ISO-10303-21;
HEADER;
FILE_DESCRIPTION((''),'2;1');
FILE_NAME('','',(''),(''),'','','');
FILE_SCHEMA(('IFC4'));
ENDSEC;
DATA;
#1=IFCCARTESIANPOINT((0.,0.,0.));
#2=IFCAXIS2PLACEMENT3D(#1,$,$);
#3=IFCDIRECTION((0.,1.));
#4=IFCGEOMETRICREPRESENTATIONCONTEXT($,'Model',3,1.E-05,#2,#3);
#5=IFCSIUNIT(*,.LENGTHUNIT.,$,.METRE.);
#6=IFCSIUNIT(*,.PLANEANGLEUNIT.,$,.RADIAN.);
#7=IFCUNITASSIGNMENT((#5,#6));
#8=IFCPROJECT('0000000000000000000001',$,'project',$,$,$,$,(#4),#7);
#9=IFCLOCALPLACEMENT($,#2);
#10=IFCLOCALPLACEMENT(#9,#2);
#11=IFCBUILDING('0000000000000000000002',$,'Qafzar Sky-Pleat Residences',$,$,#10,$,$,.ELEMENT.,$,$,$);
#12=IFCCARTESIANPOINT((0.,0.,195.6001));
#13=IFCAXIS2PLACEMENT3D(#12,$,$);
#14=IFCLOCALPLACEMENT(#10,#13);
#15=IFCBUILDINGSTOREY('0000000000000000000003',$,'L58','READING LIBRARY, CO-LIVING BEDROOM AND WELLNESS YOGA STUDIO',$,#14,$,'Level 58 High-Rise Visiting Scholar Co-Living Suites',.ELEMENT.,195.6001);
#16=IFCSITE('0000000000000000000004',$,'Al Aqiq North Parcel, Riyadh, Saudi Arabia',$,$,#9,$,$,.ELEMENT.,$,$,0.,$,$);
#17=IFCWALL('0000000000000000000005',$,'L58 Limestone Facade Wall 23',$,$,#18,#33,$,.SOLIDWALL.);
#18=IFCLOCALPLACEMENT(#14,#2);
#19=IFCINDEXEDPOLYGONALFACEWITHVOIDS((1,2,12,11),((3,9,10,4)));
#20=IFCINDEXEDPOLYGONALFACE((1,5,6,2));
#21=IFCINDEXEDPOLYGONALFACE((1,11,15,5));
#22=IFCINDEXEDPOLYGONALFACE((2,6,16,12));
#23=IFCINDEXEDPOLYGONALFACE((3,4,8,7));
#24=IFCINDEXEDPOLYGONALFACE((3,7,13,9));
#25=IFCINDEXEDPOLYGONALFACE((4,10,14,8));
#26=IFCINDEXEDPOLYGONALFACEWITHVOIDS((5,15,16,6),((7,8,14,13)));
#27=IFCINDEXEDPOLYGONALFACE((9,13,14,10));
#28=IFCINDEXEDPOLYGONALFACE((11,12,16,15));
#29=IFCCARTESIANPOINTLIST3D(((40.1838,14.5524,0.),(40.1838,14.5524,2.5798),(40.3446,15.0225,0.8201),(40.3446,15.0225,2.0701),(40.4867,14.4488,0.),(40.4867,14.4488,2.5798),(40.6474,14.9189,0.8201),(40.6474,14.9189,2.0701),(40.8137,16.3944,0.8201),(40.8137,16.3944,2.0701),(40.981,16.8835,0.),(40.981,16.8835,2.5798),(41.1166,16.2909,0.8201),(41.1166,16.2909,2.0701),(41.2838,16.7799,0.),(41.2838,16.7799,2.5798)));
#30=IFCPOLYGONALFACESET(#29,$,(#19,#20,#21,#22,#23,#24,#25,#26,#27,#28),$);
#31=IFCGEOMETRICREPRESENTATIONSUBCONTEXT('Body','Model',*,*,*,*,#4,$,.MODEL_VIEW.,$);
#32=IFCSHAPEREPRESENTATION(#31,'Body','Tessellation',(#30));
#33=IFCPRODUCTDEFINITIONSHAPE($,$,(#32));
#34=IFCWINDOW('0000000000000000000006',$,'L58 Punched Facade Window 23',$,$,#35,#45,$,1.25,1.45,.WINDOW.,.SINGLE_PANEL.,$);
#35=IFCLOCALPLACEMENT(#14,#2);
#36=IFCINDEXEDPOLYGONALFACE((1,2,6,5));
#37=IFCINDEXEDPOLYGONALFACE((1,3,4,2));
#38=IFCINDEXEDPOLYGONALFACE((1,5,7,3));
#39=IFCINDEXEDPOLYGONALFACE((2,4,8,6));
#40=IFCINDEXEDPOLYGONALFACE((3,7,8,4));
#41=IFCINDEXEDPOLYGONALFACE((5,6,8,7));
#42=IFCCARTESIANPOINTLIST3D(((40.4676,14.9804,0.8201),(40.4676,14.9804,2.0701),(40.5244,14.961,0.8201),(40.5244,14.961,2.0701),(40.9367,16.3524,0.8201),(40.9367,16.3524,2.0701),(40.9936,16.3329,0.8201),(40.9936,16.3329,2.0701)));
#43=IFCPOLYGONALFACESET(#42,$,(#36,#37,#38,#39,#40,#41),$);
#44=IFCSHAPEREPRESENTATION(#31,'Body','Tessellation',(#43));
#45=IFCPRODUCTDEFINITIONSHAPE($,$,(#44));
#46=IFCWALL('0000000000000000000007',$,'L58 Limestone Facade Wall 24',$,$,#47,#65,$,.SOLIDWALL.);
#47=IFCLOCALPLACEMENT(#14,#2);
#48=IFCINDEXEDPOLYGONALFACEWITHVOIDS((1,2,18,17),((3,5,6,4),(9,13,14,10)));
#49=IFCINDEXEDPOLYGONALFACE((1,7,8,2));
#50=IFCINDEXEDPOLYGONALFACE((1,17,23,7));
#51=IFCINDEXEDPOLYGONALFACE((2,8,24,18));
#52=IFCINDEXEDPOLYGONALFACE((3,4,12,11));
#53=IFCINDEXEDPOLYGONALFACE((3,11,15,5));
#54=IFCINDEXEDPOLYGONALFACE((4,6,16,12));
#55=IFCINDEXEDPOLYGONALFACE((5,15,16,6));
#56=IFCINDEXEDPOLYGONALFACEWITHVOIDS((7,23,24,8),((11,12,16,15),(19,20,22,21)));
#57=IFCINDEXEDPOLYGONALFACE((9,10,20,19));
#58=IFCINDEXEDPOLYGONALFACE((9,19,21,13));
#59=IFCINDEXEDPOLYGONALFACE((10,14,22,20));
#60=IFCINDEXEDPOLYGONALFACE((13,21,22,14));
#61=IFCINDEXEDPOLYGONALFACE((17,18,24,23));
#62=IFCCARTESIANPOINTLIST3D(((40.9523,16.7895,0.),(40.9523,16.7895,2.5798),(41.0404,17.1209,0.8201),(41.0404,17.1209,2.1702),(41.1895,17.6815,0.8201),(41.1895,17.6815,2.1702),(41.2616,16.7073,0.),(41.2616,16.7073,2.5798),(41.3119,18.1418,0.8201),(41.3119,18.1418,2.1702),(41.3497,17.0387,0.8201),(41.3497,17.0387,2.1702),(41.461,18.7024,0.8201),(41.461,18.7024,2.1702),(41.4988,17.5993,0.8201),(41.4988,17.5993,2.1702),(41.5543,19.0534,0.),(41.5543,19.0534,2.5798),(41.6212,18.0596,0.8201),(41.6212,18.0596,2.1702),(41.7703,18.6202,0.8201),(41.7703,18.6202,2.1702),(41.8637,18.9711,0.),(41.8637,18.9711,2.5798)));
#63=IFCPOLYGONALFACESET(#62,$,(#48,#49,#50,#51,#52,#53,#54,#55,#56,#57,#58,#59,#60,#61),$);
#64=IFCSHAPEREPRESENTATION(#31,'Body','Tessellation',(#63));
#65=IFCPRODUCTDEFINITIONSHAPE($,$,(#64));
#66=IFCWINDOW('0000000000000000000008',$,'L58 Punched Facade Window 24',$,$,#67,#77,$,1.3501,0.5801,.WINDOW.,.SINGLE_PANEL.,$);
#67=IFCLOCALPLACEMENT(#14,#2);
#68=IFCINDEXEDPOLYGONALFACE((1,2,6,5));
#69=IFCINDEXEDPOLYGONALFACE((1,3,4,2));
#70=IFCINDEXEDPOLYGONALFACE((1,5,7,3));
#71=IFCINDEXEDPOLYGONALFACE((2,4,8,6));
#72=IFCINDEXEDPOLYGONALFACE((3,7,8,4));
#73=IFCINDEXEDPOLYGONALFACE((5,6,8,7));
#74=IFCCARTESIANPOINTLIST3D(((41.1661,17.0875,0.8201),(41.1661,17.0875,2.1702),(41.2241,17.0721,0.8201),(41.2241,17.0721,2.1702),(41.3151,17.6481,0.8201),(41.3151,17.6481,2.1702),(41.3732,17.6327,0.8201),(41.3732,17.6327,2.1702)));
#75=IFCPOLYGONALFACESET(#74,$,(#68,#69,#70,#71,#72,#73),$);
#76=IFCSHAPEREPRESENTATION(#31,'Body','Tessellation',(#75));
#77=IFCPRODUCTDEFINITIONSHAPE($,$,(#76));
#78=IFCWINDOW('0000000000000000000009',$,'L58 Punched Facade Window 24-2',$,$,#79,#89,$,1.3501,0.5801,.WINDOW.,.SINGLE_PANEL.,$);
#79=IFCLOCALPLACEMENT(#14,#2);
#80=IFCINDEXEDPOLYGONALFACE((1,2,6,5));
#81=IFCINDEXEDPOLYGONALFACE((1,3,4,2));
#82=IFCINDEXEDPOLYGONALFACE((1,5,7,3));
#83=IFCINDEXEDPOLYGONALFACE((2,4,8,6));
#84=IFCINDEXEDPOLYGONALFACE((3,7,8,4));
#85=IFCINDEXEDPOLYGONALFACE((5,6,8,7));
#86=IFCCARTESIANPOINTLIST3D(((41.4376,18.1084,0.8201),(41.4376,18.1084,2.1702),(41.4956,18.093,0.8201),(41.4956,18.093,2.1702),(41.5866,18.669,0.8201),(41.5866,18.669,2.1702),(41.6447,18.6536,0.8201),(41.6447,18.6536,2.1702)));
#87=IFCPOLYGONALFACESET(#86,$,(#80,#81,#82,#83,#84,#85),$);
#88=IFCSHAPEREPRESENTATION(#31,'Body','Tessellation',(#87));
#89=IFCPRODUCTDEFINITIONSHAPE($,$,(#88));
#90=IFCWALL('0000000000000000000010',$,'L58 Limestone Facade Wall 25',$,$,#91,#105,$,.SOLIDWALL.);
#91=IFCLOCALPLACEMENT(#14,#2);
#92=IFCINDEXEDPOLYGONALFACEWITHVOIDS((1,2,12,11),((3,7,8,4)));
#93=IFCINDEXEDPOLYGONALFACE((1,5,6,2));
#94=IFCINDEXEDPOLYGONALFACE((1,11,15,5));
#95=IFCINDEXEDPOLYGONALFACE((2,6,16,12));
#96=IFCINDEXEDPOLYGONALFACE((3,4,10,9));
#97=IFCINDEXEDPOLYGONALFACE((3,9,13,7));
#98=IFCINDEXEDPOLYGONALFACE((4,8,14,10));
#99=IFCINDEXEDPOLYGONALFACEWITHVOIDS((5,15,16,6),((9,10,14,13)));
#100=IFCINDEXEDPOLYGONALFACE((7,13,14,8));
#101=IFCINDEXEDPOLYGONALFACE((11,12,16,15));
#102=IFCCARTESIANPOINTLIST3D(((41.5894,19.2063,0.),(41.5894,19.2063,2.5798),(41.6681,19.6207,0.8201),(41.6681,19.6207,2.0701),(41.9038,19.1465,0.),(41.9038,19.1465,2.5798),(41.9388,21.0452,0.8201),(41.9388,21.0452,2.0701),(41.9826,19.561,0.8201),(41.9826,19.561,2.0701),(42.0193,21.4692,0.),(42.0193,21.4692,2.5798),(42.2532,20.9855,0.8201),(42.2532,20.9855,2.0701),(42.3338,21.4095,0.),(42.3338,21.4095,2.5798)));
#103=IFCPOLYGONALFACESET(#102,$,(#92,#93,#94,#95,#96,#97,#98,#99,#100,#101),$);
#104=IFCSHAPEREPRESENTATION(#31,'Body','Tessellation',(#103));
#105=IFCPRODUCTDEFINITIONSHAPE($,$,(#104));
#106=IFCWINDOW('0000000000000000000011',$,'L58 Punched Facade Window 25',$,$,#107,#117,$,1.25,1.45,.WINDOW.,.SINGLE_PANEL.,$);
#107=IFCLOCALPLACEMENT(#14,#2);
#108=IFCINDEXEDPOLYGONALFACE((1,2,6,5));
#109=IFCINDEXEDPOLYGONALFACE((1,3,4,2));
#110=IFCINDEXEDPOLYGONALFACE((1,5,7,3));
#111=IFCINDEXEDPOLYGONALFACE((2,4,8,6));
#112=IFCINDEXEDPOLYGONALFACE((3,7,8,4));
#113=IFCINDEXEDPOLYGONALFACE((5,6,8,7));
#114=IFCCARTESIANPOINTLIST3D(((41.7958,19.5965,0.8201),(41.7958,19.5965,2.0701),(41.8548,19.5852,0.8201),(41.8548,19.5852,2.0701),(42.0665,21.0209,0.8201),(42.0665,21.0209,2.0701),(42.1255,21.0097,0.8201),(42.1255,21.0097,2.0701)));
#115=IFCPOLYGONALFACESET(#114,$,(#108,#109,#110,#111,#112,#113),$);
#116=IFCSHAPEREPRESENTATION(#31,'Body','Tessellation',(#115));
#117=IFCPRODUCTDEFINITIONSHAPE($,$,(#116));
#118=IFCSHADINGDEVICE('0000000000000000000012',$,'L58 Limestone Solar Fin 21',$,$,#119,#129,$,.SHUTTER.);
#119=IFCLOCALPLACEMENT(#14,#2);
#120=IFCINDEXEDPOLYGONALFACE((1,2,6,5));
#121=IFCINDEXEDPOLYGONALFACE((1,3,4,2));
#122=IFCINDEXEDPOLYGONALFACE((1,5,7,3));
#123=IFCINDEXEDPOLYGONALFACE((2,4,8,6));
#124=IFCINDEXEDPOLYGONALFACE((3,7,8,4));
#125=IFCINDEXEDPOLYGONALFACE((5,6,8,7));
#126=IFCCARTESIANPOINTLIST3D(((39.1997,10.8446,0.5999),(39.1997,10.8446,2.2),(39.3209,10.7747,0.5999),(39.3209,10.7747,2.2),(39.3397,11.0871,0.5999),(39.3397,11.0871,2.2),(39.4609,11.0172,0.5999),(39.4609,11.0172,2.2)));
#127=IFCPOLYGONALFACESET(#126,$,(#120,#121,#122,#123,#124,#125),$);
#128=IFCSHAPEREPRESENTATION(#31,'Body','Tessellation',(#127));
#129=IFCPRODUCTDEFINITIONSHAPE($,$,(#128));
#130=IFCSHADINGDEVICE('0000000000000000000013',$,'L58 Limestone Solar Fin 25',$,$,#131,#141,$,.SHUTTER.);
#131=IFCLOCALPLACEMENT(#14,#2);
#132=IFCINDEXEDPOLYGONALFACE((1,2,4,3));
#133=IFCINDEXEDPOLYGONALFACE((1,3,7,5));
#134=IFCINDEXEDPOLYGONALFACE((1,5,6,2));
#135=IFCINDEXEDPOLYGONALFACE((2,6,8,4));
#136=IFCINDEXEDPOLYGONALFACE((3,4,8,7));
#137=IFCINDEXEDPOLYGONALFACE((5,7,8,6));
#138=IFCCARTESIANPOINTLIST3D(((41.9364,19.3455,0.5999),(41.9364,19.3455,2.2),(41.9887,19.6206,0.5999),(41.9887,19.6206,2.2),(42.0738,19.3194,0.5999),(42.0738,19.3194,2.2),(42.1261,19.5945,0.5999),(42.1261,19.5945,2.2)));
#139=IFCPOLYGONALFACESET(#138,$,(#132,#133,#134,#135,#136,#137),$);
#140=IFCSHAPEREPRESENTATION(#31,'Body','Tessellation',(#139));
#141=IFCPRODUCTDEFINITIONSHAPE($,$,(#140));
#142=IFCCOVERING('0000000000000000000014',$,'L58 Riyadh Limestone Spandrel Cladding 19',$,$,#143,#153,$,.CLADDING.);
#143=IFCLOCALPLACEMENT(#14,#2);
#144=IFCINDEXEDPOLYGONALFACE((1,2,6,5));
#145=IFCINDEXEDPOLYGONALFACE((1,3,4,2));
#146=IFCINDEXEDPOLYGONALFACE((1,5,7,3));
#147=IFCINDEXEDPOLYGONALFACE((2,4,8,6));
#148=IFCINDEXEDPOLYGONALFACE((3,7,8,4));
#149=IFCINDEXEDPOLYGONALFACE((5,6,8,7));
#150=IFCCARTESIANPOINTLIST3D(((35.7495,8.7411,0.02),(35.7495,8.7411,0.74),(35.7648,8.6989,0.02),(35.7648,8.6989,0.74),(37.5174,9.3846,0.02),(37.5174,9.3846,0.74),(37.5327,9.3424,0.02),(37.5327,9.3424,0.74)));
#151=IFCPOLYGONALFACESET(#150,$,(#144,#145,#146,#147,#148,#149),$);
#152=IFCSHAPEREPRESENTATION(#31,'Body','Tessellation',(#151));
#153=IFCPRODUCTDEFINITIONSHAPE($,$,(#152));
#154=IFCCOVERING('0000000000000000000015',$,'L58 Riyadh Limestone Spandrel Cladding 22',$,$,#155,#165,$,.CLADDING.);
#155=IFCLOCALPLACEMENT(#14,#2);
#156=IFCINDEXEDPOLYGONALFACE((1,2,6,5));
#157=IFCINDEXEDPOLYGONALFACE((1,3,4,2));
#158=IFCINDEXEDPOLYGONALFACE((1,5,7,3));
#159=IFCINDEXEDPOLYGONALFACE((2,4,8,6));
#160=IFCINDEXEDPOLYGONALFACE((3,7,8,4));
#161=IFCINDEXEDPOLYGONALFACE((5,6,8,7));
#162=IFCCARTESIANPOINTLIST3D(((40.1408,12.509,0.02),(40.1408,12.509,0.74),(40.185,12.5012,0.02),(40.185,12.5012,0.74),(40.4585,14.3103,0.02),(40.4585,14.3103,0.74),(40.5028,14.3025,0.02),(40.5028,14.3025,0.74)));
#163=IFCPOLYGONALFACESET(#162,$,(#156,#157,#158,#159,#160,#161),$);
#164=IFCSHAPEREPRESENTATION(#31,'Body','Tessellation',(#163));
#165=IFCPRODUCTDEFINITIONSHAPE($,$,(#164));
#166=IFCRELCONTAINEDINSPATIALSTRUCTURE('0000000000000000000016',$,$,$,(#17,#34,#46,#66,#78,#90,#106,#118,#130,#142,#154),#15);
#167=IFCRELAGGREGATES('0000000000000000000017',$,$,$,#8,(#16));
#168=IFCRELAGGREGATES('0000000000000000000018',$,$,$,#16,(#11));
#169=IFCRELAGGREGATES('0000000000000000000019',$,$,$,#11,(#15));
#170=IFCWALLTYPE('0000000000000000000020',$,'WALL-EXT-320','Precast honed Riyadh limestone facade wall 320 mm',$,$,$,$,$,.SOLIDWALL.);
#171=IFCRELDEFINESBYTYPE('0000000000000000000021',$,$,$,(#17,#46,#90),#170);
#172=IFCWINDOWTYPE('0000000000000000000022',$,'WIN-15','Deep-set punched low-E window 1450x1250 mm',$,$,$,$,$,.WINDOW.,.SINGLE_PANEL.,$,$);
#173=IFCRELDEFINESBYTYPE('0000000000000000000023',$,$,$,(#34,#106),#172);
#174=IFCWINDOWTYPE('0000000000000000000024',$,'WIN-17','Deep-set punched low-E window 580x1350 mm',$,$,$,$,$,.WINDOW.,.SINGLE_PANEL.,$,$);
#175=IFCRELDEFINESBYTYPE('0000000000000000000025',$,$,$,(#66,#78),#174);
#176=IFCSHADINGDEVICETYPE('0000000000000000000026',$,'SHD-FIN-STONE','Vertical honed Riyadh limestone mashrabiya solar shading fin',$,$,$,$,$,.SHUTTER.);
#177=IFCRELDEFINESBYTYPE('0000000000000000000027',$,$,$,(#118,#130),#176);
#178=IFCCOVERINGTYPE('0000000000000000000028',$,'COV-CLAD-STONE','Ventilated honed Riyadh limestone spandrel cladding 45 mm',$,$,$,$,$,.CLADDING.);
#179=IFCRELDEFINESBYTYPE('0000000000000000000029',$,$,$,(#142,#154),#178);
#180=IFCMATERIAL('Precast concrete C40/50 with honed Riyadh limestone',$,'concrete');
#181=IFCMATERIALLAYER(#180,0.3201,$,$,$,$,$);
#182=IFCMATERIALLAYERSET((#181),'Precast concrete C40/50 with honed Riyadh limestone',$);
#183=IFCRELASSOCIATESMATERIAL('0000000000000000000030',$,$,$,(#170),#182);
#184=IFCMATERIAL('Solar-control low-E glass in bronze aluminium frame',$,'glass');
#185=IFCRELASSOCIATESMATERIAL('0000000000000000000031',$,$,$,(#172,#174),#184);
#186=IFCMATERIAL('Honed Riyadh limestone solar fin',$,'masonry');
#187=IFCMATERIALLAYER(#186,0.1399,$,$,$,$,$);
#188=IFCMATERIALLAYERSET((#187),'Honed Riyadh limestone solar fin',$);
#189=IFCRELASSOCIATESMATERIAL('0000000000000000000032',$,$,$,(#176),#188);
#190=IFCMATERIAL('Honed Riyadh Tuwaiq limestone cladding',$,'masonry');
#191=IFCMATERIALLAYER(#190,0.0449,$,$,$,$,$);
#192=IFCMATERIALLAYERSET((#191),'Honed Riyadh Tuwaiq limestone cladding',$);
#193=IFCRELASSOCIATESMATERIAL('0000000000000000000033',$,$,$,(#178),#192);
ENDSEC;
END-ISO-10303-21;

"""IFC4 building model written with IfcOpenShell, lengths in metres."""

from ifc_helpers import new_model, si_unit, direction, frame, frame_2d, origin, origin_2d, place, context, subcontext, project, spatial, rectangle, extrude, source, transform, mapped, material, layer, layer_set, type_object, element, fill, save


model = new_model("IFC4")

# Units and contexts
model_context = context("Model", 3, precision=1e-05, world=origin(), true_north=direction((0.0, 1.0)))
body_context = subcontext(model_context, "Body", "Model", "MODEL_VIEW")
ifc_project = project(units=[si_unit("LENGTHUNIT", "METRE"), si_unit("PLANEANGLEUNIT", "RADIAN")], contexts=[model_context])

# Site, building, storey
site_placement = place(None, origin())
site = spatial("IfcSite", under=ifc_project, at=site_placement, Name="Al Aqiq North Parcel, Riyadh, Saudi Arabia", CompositionType="ELEMENT", RefElevation=0.0)
building_placement = place(site_placement, origin())
building = spatial("IfcBuilding", under=site, at=building_placement, Name="Qafzar Sky-Pleat Residences", CompositionType="ELEMENT")
storey_placement = place(building_placement, frame((0.0, 0.0, 195.6001)))
storey = spatial("IfcBuildingStorey", under=building, at=storey_placement, Name="L58", Description="READING LIBRARY, CO-LIVING BEDROOM AND WELLNESS YOGA STUDIO", LongName="Level 58 High-Rise Visiting Scholar Co-Living Suites", CompositionType="ELEMENT", Elevation=195.6001)

# Wall, opening, window
ifc_material_1 = material(Name="Precast concrete C40/50 with honed Riyadh limestone", Category="concrete")
ifc_layer_1 = layer(ifc_material_1, 0.3201)
ifc_layer_set_1 = layer_set([ifc_layer_1], Name="Precast concrete C40/50 with honed Riyadh limestone")
wall_type = type_object("IfcWallType", Name="WALL-EXT-320", Description="Precast honed Riyadh limestone facade wall 320 mm", PredefinedType="SOLIDWALL", material=ifc_layer_set_1)
ifc_material_2 = material(Name="Solar-control low-E glass in bronze aluminium frame", Category="glass")
wall_1_placement = place(storey_placement, frame((40.3352, 14.5005, 0.0), z_axis=(0.0, 0.0, 1.0), x_axis=(0.323562, 0.946207, 0.0)))
wall_1 = element("IfcWall", 1, at=wall_1_placement, inside=storey, type_object=wall_type, Name="L58 Limestone Facade Wall 23", PredefinedType="SOLIDWALL", context=body_context, shape_type="SweptSolid", body=[
    extrude(rectangle(XDim=2.4636, YDim=0.3201, at=frame_2d((1.2319, 0.0))), origin(), (0.0, 0.0, 1.0), 2.5798),
])
opening_1_placement = place(wall_1_placement, frame((0.4968, 0.0, 0.8201)))
opening_1 = element("IfcOpeningElement", 2, at=opening_1_placement, cuts=wall_1, PredefinedType="OPENING", context=body_context, shape_type="SweptSolid", body=[
    extrude(rectangle(XDim=1.45, YDim=1.25, at=frame_2d((0.7251, 0.625))), frame((0.0, 0.1699, 0.0), z_axis=(0.0, -1.0, 0.0), x_axis=(1.0, 0.0, 0.0)), (0.0, 0.0, 1.0), 0.3401),
])
window_type_1 = type_object("IfcWindowType", Name="WIN-15", Description="Deep-set punched low-E window 1450x1250 mm", PartitioningType="SINGLE_PANEL", PredefinedType="WINDOW", material=ifc_material_2)
shared_shape_1 = source(origin(), body_context, "Body", "SweptSolid", [
    extrude(rectangle(XDim=1.45, YDim=1.25, at=frame_2d((0.7251, 0.625))), frame((0.0, 0.03, 0.0), z_axis=(0.0, -1.0, 0.0), x_axis=(1.0, 0.0, 0.0)), (0.0, 0.0, 1.0), 0.0601),
])
window_1_placement = place(opening_1_placement, origin())
window_1 = element("IfcWindow", 3, at=window_1_placement, inside=storey, type_object=window_type_1, Name="L58 Punched Facade Window 23", OverallHeight=1.25, OverallWidth=1.45, PartitioningType="SINGLE_PANEL", PredefinedType="WINDOW", context=body_context, shape_type="MappedRepresentation", body=[
    mapped(shared_shape_1, transform((0.0, 0.0, 0.0), x_axis=(1.0, 0.0, 0.0), y_axis=(0.0, 1.0, 0.0), z_axis=(0.0, 0.0, 1.0), scale=1.0)),
])
fill(opening_1, window_1)

# Wall, openings, windows
wall_2_placement = place(storey_placement, frame((41.1069, 16.7483, 0.0), z_axis=(0.0, 0.0, 1.0), x_axis=(0.257001, 0.966411, 0.0)))
wall_2 = element("IfcWall", 4, at=wall_2_placement, inside=storey, type_object=wall_type, Name="L58 Limestone Facade Wall 24", PredefinedType="SOLIDWALL", context=body_context, shape_type="SweptSolid", body=[
    extrude(rectangle(XDim=2.3425, YDim=0.3201, at=frame_2d((1.1714, 0.0))), origin(), (0.0, 0.0, 1.0), 2.5798),
])
opening_2_placement = place(wall_2_placement, frame((0.343, 0.0, 0.8201)))
opening_2 = element("IfcOpeningElement", 5, at=opening_2_placement, cuts=wall_2, PredefinedType="OPENING", context=body_context, shape_type="SweptSolid", body=[
    extrude(rectangle(XDim=0.5801, YDim=1.3501, at=frame_2d((0.29, 0.675))), frame((0.0, 0.1699, 0.0), z_axis=(0.0, -1.0, 0.0), x_axis=(1.0, 0.0, 0.0)), (0.0, 0.0, 1.0), 0.3401),
])
opening_3_placement = place(wall_2_placement, frame((1.3994, 0.0, 0.8201)))
opening_3 = element("IfcOpeningElement", 6, at=opening_3_placement, cuts=wall_2, PredefinedType="OPENING", context=body_context, shape_type="SweptSolid", body=[
    extrude(rectangle(XDim=0.5801, YDim=1.3501, at=frame_2d((0.29, 0.675))), frame((0.0, 0.1699, 0.0), z_axis=(0.0, -1.0, 0.0), x_axis=(1.0, 0.0, 0.0)), (0.0, 0.0, 1.0), 0.3401),
])
window_type_2 = type_object("IfcWindowType", Name="WIN-17", Description="Deep-set punched low-E window 580x1350 mm", PartitioningType="SINGLE_PANEL", PredefinedType="WINDOW", material=ifc_material_2)
shared_shape_2 = source(origin(), body_context, "Body", "SweptSolid", [
    extrude(rectangle(XDim=0.5801, YDim=1.3501, at=frame_2d((0.29, 0.675))), frame((0.0, 0.03, 0.0), z_axis=(0.0, -1.0, 0.0), x_axis=(1.0, 0.0, 0.0)), (0.0, 0.0, 1.0), 0.0601),
])
window_2_placement = place(opening_2_placement, origin())
window_2 = element("IfcWindow", 7, at=window_2_placement, inside=storey, type_object=window_type_2, Name="L58 Punched Facade Window 24", OverallHeight=1.3501, OverallWidth=0.5801, PartitioningType="SINGLE_PANEL", PredefinedType="WINDOW", context=body_context, shape_type="MappedRepresentation", body=[
    mapped(shared_shape_2, transform((0.0, 0.0, 0.0), x_axis=(1.0, 0.0, 0.0), y_axis=(0.0, 1.0, 0.0), z_axis=(0.0, 0.0, 1.0), scale=1.0)),
])
fill(opening_2, window_2)
window_3_placement = place(opening_3_placement, origin())
window_3 = element("IfcWindow", 8, at=window_3_placement, inside=storey, type_object=window_type_2, Name="L58 Punched Facade Window 24-2", OverallHeight=1.3501, OverallWidth=0.5801, PartitioningType="SINGLE_PANEL", PredefinedType="WINDOW", context=body_context, shape_type="MappedRepresentation", body=[
    mapped(shared_shape_2, transform((0.0, 0.0, 0.0), x_axis=(1.0, 0.0, 0.0), y_axis=(0.0, 1.0, 0.0), z_axis=(0.0, 0.0, 1.0), scale=1.0)),
])
fill(opening_3, window_3)

# Wall, opening, window
wall_3_placement = place(storey_placement, frame((41.7466, 19.1763, 0.0), z_axis=(0.0, 0.0, 1.0), x_axis=(0.186649, 0.982427, 0.0)))
wall_3 = element("IfcWall", 9, at=wall_3_placement, inside=storey, type_object=wall_type, Name="L58 Limestone Facade Wall 25", PredefinedType="SOLIDWALL", context=body_context, shape_type="SweptSolid", body=[
    extrude(rectangle(XDim=2.3035, YDim=0.3201, at=frame_2d((1.1519, 0.0))), origin(), (0.0, 0.0, 1.0), 2.5798),
])
opening_4_placement = place(wall_3_placement, frame((0.4219, 0.0, 0.8201)))
opening_4 = element("IfcOpeningElement", 10, at=opening_4_placement, cuts=wall_3, PredefinedType="OPENING", context=body_context, shape_type="SweptSolid", body=[
    extrude(rectangle(XDim=1.45, YDim=1.25, at=frame_2d((0.7251, 0.625))), frame((0.0, 0.1699, 0.0), z_axis=(0.0, -1.0, 0.0), x_axis=(1.0, 0.0, 0.0)), (0.0, 0.0, 1.0), 0.3401),
])
window_4_placement = place(opening_4_placement, origin())
window_4 = element("IfcWindow", 11, at=window_4_placement, inside=storey, type_object=window_type_1, Name="L58 Punched Facade Window 25", OverallHeight=1.25, OverallWidth=1.45, PartitioningType="SINGLE_PANEL", PredefinedType="WINDOW", context=body_context, shape_type="MappedRepresentation", body=[
    mapped(shared_shape_1, transform((0.0, 0.0, 0.0), x_axis=(1.0, 0.0, 0.0), y_axis=(0.0, 1.0, 0.0), z_axis=(0.0, 0.0, 1.0), scale=1.0)),
])
fill(opening_4, window_4)

# Shading devices
ifc_material_3 = material(Name="Honed Riyadh limestone solar fin", Category="masonry")
ifc_layer_2 = layer(ifc_material_3, 0.1399)
ifc_layer_set_2 = layer_set([ifc_layer_2], Name="Honed Riyadh limestone solar fin")
shading_device_type = type_object("IfcShadingDeviceType", Name="SHD-FIN-STONE", Description="Vertical honed Riyadh limestone mashrabiya solar shading fin", PredefinedType="SHUTTER", material=ifc_layer_set_2)
shared_shape_3 = source(origin(), body_context, "Body", "SweptSolid", [
    extrude(rectangle(XDim=0.1399, YDim=0.28, at=origin_2d()), origin(), (0.0, 0.0, 1.0), 1.6001),
])
for number, where, z_axis, x_axis, name in (
    (12, (39.3303, 10.9309, 0.5999), (0.0, 0.0, 1.0), (0.866044, -0.499967, 0.0), "L58 Limestone Solar Fin 21"),
    (13, (42.0312, 19.47, 0.5999), (0.0, 0.0, 1.0), (0.982423, -0.186669, 0.0), "L58 Limestone Solar Fin 25"),
):
    element("IfcShadingDevice", number, at=place(storey_placement, frame(where, z_axis=z_axis, x_axis=x_axis)), inside=storey, type_object=shading_device_type, Name=name, PredefinedType="SHUTTER", context=body_context, shape_type="MappedRepresentation", body=[
        mapped(shared_shape_3, transform((0.0, 0.0, 0.0), x_axis=(1.0, 0.0, 0.0), y_axis=(0.0, 1.0, 0.0), z_axis=(0.0, 0.0, 1.0), scale=1.0)),
    ])

# Coverings
ifc_material_4 = material(Name="Honed Riyadh Tuwaiq limestone cladding", Category="masonry")
ifc_layer_3 = layer(ifc_material_4, 0.0449)
ifc_layer_set_3 = layer_set([ifc_layer_3], Name="Honed Riyadh Tuwaiq limestone cladding")
covering_type = type_object("IfcCoveringType", Name="COV-CLAD-STONE", Description="Ventilated honed Riyadh limestone spandrel cladding 45 mm", PredefinedType="CLADDING", material=ifc_layer_set_3)
shared_shape_4 = source(origin(), body_context, "Body", "SweptSolid", [
    extrude(rectangle(XDim=1.8813, YDim=0.0449, at=origin_2d()), origin(), (0.0, 0.0, 1.0), 0.72),
])
covering_1_placement = place(storey_placement, frame((36.6411, 9.0417, 0.02), z_axis=(0.0, 0.0, 1.0), x_axis=(0.939694, 0.342016, 0.0)))
element("IfcCovering", 14, at=covering_1_placement, inside=storey, type_object=covering_type, Name="L58 Riyadh Limestone Spandrel Cladding 19", PredefinedType="CLADDING", context=body_context, shape_type="MappedRepresentation", body=[
    mapped(shared_shape_4, transform((0.0, 0.0, 0.0), x_axis=(1.0, 0.0, 0.0), y_axis=(0.0, 1.0, 0.0), z_axis=(0.0, 0.0, 1.0), scale=1.0)),
])
shared_shape_5 = source(origin(), body_context, "Body", "SweptSolid", [
    extrude(rectangle(XDim=1.8291, YDim=0.0449, at=origin_2d()), origin(), (0.0, 0.0, 1.0), 0.72),
])
covering_2_placement = place(storey_placement, frame((40.3218, 13.4058, 0.02), z_axis=(0.0, 0.0, 1.0), x_axis=(0.173696, 0.984799, 0.0)))
element("IfcCovering", 15, at=covering_2_placement, inside=storey, type_object=covering_type, Name="L58 Riyadh Limestone Spandrel Cladding 22", PredefinedType="CLADDING", context=body_context, shape_type="MappedRepresentation", body=[
    mapped(shared_shape_5, transform((0.0, 0.0, 0.0), x_axis=(1.0, 0.0, 0.0), y_axis=(0.0, 1.0, 0.0), z_axis=(0.0, 0.0, 1.0), scale=1.0)),
])

save(model, "model.ifc")
